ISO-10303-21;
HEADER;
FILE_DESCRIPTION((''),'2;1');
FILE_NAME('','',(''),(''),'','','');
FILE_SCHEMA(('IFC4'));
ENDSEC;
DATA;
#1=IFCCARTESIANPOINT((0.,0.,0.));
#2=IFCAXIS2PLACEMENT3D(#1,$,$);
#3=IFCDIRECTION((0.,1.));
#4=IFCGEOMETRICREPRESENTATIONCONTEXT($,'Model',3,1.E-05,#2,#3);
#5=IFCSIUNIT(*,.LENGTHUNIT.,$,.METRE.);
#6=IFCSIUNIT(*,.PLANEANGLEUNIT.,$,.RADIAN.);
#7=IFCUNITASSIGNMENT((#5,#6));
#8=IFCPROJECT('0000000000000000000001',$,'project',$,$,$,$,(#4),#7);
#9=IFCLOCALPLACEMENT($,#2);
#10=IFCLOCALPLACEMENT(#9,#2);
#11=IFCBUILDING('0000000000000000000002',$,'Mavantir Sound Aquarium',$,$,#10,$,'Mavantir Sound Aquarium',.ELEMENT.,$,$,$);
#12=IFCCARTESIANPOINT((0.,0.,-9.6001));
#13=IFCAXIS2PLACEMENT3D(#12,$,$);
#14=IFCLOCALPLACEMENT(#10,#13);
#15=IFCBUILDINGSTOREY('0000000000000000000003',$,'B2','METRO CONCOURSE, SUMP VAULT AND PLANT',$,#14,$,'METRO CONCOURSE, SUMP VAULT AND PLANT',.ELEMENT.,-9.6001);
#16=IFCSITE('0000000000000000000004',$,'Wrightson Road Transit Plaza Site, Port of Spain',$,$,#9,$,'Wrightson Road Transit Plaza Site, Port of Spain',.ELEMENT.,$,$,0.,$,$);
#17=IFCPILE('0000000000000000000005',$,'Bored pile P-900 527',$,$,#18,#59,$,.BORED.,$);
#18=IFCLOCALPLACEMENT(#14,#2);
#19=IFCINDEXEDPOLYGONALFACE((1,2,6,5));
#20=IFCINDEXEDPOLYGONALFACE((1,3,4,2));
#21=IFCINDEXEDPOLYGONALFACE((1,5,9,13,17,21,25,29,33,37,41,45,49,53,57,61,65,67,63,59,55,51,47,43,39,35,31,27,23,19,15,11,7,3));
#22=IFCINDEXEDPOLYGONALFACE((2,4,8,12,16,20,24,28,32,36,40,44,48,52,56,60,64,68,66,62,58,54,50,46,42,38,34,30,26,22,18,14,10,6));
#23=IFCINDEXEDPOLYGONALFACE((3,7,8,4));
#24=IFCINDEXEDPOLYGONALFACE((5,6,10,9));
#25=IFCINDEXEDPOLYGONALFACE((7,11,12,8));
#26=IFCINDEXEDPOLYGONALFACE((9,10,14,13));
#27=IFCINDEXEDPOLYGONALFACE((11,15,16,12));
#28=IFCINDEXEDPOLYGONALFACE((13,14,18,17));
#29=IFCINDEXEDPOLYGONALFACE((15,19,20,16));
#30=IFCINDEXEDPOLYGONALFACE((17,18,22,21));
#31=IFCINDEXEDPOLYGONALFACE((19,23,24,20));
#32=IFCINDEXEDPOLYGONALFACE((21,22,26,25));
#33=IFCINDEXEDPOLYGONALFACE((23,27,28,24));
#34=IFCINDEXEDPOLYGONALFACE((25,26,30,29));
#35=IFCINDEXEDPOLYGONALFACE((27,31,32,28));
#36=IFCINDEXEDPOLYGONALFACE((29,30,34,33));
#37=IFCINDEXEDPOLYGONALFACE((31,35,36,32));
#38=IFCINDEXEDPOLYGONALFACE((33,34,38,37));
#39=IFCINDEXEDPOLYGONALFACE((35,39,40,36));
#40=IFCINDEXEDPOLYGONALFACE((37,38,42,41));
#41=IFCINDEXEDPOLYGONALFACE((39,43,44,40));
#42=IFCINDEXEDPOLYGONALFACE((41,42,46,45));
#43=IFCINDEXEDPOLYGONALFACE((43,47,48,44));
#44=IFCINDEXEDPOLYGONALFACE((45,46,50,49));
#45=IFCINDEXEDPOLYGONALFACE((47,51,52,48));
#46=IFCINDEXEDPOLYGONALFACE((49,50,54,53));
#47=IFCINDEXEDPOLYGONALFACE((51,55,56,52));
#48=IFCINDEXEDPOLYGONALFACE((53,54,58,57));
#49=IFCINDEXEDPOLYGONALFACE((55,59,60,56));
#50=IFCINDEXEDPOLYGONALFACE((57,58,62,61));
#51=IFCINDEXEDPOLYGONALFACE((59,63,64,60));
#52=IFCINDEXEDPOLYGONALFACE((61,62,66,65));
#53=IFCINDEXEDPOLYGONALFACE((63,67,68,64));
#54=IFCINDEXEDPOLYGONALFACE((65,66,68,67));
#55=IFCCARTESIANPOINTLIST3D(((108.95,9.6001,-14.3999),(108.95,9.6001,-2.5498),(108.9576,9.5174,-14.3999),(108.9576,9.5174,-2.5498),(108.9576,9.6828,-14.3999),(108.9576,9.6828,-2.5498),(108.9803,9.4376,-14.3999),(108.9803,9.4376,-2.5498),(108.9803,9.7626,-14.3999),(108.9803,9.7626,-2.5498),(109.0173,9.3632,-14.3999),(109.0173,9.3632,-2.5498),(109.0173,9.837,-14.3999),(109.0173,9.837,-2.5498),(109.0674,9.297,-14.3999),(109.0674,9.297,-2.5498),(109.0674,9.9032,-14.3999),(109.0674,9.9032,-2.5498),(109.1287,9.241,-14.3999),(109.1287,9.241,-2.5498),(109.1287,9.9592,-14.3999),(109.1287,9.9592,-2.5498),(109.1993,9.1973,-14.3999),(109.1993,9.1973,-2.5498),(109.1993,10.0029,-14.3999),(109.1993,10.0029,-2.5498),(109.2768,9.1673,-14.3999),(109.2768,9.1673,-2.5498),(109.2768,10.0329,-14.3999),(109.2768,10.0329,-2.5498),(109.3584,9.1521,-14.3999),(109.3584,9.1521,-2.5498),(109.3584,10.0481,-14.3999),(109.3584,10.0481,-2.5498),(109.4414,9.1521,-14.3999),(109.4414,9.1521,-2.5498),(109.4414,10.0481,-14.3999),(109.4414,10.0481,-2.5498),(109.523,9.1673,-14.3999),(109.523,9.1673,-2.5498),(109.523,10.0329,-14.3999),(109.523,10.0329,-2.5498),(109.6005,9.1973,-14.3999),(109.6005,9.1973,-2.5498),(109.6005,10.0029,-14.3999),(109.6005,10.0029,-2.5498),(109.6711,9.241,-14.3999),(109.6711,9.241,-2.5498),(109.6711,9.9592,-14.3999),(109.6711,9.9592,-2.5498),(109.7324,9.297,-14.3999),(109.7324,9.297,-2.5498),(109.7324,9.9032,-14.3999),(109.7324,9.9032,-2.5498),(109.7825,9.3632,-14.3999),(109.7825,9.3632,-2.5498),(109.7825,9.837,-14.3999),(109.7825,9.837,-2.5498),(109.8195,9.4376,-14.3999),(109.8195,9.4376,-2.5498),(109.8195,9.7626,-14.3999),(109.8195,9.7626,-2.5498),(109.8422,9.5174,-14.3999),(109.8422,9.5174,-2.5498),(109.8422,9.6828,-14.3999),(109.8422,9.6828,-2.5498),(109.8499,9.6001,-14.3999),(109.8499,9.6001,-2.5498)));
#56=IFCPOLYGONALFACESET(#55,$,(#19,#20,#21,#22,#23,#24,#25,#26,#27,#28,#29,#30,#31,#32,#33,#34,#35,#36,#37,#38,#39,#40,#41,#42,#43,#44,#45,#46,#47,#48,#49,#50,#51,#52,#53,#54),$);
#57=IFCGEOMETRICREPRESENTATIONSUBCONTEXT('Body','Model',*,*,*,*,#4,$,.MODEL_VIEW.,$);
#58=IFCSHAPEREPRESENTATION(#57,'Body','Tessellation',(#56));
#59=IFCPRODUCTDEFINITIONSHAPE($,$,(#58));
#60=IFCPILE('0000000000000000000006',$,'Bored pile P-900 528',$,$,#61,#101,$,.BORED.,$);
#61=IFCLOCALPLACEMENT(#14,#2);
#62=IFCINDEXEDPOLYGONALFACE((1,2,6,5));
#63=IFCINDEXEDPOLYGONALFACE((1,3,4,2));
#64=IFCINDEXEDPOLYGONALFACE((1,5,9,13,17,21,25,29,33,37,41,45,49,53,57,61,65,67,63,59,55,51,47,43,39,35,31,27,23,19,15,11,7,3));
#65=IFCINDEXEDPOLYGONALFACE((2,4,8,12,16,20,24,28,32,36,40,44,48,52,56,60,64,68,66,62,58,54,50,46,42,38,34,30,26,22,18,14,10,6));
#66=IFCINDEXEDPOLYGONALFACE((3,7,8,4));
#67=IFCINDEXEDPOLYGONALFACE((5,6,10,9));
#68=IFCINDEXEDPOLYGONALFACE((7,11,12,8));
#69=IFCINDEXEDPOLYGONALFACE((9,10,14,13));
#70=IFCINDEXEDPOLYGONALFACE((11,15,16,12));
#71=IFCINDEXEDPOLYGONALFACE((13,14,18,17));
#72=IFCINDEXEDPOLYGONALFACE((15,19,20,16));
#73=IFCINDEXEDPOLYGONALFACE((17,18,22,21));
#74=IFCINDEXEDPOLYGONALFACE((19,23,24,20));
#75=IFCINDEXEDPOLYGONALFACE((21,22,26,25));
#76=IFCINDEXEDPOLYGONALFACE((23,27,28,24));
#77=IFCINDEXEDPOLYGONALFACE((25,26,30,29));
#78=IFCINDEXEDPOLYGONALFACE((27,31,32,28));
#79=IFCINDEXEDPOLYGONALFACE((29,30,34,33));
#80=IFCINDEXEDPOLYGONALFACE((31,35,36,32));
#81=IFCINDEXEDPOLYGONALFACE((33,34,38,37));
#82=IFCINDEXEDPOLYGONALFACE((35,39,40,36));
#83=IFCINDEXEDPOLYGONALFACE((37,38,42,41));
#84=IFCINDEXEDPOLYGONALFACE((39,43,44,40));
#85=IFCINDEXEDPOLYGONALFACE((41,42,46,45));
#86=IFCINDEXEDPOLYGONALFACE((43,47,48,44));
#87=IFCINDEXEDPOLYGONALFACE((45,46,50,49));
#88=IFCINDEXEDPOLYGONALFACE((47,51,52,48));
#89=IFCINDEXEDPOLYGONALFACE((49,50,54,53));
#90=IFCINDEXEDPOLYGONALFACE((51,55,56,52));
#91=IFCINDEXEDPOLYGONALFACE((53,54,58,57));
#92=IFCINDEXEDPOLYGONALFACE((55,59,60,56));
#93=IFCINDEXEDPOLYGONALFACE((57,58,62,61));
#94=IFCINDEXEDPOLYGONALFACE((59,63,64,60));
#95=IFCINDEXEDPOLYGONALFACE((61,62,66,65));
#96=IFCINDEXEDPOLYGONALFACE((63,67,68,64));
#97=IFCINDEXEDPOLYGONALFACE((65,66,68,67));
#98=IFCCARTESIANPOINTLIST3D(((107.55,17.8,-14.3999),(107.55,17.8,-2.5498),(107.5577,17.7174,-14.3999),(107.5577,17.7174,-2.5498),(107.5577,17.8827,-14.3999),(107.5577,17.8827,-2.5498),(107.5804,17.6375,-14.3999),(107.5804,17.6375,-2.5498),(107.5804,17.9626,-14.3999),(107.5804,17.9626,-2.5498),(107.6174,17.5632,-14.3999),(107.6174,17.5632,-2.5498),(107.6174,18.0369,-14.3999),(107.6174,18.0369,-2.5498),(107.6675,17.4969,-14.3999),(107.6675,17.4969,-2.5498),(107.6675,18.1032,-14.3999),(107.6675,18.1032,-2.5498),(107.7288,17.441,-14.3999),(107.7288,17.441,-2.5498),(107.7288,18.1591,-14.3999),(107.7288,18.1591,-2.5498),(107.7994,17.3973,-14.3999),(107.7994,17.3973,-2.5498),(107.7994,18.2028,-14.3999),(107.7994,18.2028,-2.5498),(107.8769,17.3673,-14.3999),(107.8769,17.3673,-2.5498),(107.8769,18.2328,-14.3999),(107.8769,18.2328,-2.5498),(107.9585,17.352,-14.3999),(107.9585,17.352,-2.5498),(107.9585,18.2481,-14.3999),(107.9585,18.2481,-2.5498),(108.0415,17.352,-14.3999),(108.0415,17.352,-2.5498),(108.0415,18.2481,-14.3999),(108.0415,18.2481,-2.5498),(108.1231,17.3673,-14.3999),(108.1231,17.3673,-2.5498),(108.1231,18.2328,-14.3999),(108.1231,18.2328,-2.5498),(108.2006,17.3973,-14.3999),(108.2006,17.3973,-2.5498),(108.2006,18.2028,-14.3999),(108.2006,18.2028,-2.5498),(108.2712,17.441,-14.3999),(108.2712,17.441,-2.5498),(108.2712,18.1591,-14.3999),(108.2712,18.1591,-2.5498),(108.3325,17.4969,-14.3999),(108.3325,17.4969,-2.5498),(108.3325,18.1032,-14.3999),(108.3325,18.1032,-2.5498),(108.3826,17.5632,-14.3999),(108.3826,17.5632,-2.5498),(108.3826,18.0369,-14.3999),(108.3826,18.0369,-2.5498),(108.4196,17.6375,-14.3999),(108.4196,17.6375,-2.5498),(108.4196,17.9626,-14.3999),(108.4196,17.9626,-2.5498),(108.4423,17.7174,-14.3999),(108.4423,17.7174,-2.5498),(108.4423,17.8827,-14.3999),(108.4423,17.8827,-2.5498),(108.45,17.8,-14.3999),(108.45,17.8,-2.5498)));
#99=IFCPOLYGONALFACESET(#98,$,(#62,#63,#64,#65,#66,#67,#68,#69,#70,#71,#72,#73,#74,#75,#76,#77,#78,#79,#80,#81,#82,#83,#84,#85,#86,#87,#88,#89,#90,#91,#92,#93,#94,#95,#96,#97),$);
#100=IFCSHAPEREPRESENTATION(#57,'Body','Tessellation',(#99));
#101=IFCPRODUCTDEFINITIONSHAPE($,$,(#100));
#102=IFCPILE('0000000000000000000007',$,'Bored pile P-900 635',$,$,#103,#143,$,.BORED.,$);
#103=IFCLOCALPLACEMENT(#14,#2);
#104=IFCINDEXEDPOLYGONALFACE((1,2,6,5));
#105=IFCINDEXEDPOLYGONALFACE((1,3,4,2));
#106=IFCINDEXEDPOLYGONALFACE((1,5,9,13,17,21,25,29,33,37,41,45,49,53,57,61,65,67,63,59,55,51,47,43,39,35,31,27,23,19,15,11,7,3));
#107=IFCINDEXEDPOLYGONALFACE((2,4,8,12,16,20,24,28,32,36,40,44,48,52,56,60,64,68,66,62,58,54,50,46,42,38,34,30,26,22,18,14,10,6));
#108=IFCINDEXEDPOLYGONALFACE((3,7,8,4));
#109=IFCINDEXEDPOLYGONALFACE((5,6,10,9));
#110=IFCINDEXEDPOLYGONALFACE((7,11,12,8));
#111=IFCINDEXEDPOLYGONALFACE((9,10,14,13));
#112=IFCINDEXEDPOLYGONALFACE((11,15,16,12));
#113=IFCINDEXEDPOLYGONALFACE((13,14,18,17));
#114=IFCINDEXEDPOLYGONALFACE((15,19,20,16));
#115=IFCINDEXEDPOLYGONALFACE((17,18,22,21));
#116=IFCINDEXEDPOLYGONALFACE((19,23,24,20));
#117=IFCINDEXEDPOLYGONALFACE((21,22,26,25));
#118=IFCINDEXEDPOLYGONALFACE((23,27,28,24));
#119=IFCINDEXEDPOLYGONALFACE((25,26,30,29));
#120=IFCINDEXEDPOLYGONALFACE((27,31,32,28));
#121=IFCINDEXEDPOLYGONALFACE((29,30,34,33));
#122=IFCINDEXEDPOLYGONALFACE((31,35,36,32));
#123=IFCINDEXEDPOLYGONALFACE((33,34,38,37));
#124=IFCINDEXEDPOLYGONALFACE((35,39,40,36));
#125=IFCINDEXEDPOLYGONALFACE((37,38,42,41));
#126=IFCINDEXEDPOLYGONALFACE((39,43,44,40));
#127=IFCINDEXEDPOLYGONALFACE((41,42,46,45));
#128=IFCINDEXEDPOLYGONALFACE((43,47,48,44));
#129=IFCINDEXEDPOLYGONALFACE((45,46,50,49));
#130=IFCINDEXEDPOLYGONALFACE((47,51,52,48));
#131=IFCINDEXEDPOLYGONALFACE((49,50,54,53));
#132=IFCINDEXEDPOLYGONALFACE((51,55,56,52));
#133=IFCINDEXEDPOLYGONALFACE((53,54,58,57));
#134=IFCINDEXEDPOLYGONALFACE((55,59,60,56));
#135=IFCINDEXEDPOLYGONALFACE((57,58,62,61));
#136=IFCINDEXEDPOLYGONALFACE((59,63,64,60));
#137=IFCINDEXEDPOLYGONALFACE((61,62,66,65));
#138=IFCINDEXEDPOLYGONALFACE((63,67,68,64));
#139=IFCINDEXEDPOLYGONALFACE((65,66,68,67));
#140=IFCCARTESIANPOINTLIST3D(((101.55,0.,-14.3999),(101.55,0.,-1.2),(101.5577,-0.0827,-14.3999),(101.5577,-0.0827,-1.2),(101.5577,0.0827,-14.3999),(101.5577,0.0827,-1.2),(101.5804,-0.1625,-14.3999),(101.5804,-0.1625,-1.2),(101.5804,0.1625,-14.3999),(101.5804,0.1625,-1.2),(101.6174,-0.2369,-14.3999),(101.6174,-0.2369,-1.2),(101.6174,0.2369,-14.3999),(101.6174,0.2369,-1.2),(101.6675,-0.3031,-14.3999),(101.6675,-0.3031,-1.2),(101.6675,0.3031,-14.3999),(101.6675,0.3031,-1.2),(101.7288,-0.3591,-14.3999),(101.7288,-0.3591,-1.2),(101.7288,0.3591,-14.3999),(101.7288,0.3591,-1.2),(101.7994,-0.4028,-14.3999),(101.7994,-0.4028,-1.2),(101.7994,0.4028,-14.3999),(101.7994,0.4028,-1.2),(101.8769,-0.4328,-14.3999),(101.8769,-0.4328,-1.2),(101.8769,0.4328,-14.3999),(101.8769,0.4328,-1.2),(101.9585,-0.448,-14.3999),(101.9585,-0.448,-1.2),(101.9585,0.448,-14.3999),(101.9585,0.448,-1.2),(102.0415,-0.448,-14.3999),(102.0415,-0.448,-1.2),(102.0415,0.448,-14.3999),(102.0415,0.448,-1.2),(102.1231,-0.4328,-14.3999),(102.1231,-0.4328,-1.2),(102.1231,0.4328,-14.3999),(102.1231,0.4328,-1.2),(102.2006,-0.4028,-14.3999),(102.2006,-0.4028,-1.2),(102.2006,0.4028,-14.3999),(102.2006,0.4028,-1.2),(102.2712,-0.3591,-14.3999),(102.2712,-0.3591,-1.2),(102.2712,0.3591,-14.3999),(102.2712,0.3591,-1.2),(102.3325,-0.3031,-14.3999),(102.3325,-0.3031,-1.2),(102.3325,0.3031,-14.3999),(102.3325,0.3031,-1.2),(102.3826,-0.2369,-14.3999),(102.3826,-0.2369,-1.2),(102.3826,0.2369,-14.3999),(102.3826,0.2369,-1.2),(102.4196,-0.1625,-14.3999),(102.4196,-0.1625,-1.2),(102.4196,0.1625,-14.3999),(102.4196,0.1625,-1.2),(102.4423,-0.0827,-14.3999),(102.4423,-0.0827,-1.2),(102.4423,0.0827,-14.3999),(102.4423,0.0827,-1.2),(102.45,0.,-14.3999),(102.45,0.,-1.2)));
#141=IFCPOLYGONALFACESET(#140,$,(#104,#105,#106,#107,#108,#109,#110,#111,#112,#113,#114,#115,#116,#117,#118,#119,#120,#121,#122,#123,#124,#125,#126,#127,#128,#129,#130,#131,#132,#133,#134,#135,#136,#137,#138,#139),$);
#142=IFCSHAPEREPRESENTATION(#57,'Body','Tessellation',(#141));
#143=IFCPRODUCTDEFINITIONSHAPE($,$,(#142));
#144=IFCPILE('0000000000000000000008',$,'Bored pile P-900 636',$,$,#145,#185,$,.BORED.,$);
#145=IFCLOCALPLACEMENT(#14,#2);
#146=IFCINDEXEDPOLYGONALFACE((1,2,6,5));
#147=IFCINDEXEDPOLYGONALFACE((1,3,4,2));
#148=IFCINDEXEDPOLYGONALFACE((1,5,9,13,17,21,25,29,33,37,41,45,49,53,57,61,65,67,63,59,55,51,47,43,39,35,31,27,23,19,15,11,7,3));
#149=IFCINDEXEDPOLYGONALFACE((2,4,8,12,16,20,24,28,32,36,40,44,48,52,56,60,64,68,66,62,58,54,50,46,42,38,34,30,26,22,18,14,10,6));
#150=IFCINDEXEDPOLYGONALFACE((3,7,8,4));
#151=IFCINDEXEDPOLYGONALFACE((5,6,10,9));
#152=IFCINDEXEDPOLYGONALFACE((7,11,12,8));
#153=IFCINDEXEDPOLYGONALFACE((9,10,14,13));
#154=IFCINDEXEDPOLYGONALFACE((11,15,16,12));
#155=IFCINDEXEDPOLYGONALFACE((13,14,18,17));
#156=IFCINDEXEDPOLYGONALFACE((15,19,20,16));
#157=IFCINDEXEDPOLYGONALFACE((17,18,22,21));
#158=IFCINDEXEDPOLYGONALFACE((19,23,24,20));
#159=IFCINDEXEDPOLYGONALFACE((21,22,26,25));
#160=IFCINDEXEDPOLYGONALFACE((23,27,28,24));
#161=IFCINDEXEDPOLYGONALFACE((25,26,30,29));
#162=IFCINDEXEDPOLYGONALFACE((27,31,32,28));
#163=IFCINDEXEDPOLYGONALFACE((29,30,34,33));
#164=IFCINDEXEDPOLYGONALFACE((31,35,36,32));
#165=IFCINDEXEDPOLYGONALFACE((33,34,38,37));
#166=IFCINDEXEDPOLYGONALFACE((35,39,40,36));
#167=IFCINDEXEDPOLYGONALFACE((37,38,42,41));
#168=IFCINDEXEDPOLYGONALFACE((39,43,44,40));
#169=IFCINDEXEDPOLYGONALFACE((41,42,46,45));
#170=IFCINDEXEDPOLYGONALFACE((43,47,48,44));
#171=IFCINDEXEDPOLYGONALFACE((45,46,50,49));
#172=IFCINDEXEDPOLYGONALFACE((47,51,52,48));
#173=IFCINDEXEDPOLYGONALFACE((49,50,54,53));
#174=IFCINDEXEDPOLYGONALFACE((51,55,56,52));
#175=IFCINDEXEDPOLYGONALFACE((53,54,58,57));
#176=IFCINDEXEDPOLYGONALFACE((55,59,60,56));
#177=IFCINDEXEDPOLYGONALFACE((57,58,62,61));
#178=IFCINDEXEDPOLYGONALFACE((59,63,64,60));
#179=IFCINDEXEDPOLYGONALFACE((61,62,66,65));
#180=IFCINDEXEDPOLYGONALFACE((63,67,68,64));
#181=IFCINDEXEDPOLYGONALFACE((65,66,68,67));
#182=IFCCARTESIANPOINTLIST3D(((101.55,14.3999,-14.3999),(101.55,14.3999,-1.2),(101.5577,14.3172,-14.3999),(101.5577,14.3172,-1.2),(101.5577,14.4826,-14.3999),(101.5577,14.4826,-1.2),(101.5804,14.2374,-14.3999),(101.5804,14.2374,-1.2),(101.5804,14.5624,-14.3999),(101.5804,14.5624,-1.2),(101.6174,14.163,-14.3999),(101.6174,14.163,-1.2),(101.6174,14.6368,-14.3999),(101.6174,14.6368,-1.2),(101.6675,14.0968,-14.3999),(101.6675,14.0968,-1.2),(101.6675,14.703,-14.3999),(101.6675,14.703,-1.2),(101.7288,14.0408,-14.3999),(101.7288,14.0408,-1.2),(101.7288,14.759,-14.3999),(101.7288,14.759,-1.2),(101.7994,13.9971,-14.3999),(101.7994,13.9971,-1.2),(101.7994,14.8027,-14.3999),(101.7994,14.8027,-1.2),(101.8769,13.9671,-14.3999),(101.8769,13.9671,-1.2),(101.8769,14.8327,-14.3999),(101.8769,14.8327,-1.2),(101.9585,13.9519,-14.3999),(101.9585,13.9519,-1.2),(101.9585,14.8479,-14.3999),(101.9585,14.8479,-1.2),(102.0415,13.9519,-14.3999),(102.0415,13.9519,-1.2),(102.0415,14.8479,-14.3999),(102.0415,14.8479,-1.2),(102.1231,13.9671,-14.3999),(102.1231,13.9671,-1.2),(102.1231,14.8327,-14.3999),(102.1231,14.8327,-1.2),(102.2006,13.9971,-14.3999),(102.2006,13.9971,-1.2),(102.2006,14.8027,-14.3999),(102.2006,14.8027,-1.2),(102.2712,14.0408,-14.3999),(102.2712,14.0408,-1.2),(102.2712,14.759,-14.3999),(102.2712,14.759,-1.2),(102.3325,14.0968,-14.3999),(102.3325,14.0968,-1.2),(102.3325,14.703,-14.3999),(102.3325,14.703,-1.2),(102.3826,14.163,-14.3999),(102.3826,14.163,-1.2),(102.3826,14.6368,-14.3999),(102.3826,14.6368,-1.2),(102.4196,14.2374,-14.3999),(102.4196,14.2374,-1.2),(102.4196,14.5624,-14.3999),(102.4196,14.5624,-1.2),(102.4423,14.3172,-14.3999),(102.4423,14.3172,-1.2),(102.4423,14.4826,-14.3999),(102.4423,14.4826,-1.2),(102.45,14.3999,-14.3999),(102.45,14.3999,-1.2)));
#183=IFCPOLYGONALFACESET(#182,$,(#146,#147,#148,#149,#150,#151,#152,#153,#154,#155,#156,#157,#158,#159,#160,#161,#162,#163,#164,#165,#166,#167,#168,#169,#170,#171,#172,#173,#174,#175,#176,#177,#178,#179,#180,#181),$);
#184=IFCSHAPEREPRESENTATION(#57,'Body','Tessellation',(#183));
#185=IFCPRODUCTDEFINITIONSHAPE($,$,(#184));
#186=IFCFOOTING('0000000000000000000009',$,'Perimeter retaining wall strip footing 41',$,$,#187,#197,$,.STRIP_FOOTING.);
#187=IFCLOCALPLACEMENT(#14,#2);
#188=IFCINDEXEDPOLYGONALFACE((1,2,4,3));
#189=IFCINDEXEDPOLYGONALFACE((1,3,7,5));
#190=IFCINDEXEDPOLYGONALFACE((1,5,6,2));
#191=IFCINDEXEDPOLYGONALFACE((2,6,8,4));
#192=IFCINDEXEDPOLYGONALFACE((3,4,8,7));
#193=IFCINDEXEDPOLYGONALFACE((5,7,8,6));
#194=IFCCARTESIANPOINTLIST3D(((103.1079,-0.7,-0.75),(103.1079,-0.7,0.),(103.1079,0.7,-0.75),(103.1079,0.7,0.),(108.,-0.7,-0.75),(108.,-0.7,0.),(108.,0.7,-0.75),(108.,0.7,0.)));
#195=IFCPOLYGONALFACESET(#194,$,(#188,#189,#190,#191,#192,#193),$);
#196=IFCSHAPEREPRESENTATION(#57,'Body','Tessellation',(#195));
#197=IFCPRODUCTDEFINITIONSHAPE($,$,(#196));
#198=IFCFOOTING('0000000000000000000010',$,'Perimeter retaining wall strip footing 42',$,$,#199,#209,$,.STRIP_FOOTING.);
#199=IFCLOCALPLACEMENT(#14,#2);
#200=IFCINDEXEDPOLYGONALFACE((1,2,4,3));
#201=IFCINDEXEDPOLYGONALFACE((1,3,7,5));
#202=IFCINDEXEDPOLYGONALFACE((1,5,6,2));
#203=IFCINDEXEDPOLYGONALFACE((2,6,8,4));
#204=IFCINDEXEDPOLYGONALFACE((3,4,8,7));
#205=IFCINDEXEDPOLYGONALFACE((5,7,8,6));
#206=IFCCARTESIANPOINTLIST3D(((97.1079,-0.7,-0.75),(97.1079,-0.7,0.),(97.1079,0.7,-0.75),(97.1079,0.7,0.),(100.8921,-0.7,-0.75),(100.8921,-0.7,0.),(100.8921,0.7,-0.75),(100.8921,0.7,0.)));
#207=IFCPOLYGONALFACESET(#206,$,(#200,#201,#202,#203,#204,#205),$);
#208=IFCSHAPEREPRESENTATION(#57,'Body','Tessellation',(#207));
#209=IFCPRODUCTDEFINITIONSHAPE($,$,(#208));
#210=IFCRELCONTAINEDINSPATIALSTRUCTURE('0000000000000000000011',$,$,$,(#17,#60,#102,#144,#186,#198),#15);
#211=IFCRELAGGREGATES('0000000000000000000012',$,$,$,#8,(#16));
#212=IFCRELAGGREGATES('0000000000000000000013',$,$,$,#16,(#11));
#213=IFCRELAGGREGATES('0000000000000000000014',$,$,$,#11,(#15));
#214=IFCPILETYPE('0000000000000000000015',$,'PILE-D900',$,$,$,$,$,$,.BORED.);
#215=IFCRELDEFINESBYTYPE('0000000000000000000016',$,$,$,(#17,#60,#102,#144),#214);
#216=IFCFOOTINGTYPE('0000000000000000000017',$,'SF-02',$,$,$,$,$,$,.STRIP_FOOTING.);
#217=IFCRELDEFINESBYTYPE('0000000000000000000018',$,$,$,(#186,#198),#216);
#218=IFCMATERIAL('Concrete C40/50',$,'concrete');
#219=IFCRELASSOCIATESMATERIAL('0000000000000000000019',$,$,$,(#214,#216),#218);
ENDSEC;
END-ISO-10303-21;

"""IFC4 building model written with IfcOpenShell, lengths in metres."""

from ifc_helpers import new_model, si_unit, direction, frame, origin, origin_2d, place, context, subcontext, project, spatial, rectangle, circle, extrude, material, material_profile, profile_set, type_object, element, save


model = new_model("IFC4")

# Units and contexts
model_context = context("Model", 3, precision=1e-05, world=origin(), true_north=direction((0.0, 1.0)))
body_context = subcontext(model_context, "Body", "Model", "MODEL_VIEW")
ifc_project = project(units=[si_unit("LENGTHUNIT", "METRE"), si_unit("PLANEANGLEUNIT", "RADIAN")], contexts=[model_context])

# Site, building, storey
site_placement = place(None, origin())
site = spatial("IfcSite", under=ifc_project, at=site_placement, Name="Wrightson Road Transit Plaza Site, Port of Spain", LongName="Wrightson Road Transit Plaza Site, Port of Spain", CompositionType="ELEMENT", RefElevation=0.0)
building_placement = place(site_placement, origin())
building = spatial("IfcBuilding", under=site, at=building_placement, Name="Mavantir Sound Aquarium", LongName="Mavantir Sound Aquarium", CompositionType="ELEMENT")
storey_placement = place(building_placement, frame((0.0, 0.0, -9.6001)))
storey = spatial("IfcBuildingStorey", under=building, at=storey_placement, Name="B2", Description="METRO CONCOURSE, SUMP VAULT AND PLANT", LongName="METRO CONCOURSE, SUMP VAULT AND PLANT", CompositionType="ELEMENT", Elevation=-9.6001)

# Shared definitions
ifc_material_1 = material(Name="Concrete C40/50", Category="concrete")

# Piles
ifc_material_profile_1 = material_profile(ifc_material_1, circle(Radius=0.45, at=origin_2d()), Name="PILE D900")
ifc_profile_set_1 = profile_set([ifc_material_profile_1], Name="Concrete C40/50")
pile_type = type_object("IfcPileType", Name="PILE-D900", PredefinedType="BORED", material=ifc_profile_set_1)
for number, where, z_axis, x_axis, name in (
    (1, (109.3999, 9.6001, -2.5498), (0.0, 0.0, -1.0), (1.0, 0.0, 0.0), "Bored pile P-900 527"),
    (2, (108.0, 17.8, -2.5498), (0.0, 0.0, -1.0), (1.0, 0.0, 0.0), "Bored pile P-900 528"),
):
    element("IfcPile", number, at=place(storey_placement, frame(where, z_axis=z_axis, x_axis=x_axis)), inside=storey, type_object=pile_type, Name=name, PredefinedType="BORED", context=body_context, shape_type="SweptSolid", body=[
        extrude(circle(Radius=0.45, at=origin_2d()), origin(), (0.0, 0.0, 1.0), 11.8501),
    ])
for number, where, z_axis, x_axis, name in (
    (3, (102.0, 0.0, -1.2), (0.0, 0.0, -1.0), (1.0, 0.0, 0.0), "Bored pile P-900 635"),
    (4, (102.0, 14.3999, -1.2), (0.0, 0.0, -1.0), (1.0, 0.0, 0.0), "Bored pile P-900 636"),
):
    element("IfcPile", number, at=place(storey_placement, frame(where, z_axis=z_axis, x_axis=x_axis)), inside=storey, type_object=pile_type, Name=name, PredefinedType="BORED", context=body_context, shape_type="SweptSolid", body=[
        extrude(circle(Radius=0.45, at=origin_2d()), origin(), (0.0, 0.0, 1.0), 13.2),
    ])

# Footings
ifc_material_profile_2 = material_profile(ifc_material_1, rectangle(XDim=1.3999, YDim=0.75, at=origin_2d()), Name="RC 1400X750")
ifc_profile_set_2 = profile_set([ifc_material_profile_2], Name="Concrete C40/50")
footing_type_1 = type_object("IfcFootingType", Name="SF-02", PredefinedType="STRIP_FOOTING", material=ifc_profile_set_2)
footing_1_placement = place(storey_placement, frame((108.0, 0.0, -0.375), z_axis=(-1.0, 0.0, 0.0), x_axis=(0.0, -1.0, 0.0)))
element("IfcFooting", 5, at=footing_1_placement, inside=storey, type_object=footing_type_1, Name="Perimeter retaining wall strip footing 41", PredefinedType="STRIP_FOOTING", context=body_context, shape_type="SweptSolid", body=[
    extrude(rectangle(XDim=1.3999, YDim=0.75, at=origin_2d()), origin(), (0.0, 0.0, 1.0), 4.8921),
])
footing_2_placement = place(storey_placement, frame((100.8921, 0.0, -0.375), z_axis=(-1.0, 0.0, 0.0), x_axis=(0.0, -1.0, 0.0)))
element("IfcFooting", 6, at=footing_2_placement, inside=storey, type_object=footing_type_1, Name="Perimeter retaining wall strip footing 42", PredefinedType="STRIP_FOOTING", context=body_context, shape_type="SweptSolid", body=[
    extrude(rectangle(XDim=1.3999, YDim=0.75, at=origin_2d()), origin(), (0.0, 0.0, 1.0), 3.7842),
])

save(model, "model.ifc")
